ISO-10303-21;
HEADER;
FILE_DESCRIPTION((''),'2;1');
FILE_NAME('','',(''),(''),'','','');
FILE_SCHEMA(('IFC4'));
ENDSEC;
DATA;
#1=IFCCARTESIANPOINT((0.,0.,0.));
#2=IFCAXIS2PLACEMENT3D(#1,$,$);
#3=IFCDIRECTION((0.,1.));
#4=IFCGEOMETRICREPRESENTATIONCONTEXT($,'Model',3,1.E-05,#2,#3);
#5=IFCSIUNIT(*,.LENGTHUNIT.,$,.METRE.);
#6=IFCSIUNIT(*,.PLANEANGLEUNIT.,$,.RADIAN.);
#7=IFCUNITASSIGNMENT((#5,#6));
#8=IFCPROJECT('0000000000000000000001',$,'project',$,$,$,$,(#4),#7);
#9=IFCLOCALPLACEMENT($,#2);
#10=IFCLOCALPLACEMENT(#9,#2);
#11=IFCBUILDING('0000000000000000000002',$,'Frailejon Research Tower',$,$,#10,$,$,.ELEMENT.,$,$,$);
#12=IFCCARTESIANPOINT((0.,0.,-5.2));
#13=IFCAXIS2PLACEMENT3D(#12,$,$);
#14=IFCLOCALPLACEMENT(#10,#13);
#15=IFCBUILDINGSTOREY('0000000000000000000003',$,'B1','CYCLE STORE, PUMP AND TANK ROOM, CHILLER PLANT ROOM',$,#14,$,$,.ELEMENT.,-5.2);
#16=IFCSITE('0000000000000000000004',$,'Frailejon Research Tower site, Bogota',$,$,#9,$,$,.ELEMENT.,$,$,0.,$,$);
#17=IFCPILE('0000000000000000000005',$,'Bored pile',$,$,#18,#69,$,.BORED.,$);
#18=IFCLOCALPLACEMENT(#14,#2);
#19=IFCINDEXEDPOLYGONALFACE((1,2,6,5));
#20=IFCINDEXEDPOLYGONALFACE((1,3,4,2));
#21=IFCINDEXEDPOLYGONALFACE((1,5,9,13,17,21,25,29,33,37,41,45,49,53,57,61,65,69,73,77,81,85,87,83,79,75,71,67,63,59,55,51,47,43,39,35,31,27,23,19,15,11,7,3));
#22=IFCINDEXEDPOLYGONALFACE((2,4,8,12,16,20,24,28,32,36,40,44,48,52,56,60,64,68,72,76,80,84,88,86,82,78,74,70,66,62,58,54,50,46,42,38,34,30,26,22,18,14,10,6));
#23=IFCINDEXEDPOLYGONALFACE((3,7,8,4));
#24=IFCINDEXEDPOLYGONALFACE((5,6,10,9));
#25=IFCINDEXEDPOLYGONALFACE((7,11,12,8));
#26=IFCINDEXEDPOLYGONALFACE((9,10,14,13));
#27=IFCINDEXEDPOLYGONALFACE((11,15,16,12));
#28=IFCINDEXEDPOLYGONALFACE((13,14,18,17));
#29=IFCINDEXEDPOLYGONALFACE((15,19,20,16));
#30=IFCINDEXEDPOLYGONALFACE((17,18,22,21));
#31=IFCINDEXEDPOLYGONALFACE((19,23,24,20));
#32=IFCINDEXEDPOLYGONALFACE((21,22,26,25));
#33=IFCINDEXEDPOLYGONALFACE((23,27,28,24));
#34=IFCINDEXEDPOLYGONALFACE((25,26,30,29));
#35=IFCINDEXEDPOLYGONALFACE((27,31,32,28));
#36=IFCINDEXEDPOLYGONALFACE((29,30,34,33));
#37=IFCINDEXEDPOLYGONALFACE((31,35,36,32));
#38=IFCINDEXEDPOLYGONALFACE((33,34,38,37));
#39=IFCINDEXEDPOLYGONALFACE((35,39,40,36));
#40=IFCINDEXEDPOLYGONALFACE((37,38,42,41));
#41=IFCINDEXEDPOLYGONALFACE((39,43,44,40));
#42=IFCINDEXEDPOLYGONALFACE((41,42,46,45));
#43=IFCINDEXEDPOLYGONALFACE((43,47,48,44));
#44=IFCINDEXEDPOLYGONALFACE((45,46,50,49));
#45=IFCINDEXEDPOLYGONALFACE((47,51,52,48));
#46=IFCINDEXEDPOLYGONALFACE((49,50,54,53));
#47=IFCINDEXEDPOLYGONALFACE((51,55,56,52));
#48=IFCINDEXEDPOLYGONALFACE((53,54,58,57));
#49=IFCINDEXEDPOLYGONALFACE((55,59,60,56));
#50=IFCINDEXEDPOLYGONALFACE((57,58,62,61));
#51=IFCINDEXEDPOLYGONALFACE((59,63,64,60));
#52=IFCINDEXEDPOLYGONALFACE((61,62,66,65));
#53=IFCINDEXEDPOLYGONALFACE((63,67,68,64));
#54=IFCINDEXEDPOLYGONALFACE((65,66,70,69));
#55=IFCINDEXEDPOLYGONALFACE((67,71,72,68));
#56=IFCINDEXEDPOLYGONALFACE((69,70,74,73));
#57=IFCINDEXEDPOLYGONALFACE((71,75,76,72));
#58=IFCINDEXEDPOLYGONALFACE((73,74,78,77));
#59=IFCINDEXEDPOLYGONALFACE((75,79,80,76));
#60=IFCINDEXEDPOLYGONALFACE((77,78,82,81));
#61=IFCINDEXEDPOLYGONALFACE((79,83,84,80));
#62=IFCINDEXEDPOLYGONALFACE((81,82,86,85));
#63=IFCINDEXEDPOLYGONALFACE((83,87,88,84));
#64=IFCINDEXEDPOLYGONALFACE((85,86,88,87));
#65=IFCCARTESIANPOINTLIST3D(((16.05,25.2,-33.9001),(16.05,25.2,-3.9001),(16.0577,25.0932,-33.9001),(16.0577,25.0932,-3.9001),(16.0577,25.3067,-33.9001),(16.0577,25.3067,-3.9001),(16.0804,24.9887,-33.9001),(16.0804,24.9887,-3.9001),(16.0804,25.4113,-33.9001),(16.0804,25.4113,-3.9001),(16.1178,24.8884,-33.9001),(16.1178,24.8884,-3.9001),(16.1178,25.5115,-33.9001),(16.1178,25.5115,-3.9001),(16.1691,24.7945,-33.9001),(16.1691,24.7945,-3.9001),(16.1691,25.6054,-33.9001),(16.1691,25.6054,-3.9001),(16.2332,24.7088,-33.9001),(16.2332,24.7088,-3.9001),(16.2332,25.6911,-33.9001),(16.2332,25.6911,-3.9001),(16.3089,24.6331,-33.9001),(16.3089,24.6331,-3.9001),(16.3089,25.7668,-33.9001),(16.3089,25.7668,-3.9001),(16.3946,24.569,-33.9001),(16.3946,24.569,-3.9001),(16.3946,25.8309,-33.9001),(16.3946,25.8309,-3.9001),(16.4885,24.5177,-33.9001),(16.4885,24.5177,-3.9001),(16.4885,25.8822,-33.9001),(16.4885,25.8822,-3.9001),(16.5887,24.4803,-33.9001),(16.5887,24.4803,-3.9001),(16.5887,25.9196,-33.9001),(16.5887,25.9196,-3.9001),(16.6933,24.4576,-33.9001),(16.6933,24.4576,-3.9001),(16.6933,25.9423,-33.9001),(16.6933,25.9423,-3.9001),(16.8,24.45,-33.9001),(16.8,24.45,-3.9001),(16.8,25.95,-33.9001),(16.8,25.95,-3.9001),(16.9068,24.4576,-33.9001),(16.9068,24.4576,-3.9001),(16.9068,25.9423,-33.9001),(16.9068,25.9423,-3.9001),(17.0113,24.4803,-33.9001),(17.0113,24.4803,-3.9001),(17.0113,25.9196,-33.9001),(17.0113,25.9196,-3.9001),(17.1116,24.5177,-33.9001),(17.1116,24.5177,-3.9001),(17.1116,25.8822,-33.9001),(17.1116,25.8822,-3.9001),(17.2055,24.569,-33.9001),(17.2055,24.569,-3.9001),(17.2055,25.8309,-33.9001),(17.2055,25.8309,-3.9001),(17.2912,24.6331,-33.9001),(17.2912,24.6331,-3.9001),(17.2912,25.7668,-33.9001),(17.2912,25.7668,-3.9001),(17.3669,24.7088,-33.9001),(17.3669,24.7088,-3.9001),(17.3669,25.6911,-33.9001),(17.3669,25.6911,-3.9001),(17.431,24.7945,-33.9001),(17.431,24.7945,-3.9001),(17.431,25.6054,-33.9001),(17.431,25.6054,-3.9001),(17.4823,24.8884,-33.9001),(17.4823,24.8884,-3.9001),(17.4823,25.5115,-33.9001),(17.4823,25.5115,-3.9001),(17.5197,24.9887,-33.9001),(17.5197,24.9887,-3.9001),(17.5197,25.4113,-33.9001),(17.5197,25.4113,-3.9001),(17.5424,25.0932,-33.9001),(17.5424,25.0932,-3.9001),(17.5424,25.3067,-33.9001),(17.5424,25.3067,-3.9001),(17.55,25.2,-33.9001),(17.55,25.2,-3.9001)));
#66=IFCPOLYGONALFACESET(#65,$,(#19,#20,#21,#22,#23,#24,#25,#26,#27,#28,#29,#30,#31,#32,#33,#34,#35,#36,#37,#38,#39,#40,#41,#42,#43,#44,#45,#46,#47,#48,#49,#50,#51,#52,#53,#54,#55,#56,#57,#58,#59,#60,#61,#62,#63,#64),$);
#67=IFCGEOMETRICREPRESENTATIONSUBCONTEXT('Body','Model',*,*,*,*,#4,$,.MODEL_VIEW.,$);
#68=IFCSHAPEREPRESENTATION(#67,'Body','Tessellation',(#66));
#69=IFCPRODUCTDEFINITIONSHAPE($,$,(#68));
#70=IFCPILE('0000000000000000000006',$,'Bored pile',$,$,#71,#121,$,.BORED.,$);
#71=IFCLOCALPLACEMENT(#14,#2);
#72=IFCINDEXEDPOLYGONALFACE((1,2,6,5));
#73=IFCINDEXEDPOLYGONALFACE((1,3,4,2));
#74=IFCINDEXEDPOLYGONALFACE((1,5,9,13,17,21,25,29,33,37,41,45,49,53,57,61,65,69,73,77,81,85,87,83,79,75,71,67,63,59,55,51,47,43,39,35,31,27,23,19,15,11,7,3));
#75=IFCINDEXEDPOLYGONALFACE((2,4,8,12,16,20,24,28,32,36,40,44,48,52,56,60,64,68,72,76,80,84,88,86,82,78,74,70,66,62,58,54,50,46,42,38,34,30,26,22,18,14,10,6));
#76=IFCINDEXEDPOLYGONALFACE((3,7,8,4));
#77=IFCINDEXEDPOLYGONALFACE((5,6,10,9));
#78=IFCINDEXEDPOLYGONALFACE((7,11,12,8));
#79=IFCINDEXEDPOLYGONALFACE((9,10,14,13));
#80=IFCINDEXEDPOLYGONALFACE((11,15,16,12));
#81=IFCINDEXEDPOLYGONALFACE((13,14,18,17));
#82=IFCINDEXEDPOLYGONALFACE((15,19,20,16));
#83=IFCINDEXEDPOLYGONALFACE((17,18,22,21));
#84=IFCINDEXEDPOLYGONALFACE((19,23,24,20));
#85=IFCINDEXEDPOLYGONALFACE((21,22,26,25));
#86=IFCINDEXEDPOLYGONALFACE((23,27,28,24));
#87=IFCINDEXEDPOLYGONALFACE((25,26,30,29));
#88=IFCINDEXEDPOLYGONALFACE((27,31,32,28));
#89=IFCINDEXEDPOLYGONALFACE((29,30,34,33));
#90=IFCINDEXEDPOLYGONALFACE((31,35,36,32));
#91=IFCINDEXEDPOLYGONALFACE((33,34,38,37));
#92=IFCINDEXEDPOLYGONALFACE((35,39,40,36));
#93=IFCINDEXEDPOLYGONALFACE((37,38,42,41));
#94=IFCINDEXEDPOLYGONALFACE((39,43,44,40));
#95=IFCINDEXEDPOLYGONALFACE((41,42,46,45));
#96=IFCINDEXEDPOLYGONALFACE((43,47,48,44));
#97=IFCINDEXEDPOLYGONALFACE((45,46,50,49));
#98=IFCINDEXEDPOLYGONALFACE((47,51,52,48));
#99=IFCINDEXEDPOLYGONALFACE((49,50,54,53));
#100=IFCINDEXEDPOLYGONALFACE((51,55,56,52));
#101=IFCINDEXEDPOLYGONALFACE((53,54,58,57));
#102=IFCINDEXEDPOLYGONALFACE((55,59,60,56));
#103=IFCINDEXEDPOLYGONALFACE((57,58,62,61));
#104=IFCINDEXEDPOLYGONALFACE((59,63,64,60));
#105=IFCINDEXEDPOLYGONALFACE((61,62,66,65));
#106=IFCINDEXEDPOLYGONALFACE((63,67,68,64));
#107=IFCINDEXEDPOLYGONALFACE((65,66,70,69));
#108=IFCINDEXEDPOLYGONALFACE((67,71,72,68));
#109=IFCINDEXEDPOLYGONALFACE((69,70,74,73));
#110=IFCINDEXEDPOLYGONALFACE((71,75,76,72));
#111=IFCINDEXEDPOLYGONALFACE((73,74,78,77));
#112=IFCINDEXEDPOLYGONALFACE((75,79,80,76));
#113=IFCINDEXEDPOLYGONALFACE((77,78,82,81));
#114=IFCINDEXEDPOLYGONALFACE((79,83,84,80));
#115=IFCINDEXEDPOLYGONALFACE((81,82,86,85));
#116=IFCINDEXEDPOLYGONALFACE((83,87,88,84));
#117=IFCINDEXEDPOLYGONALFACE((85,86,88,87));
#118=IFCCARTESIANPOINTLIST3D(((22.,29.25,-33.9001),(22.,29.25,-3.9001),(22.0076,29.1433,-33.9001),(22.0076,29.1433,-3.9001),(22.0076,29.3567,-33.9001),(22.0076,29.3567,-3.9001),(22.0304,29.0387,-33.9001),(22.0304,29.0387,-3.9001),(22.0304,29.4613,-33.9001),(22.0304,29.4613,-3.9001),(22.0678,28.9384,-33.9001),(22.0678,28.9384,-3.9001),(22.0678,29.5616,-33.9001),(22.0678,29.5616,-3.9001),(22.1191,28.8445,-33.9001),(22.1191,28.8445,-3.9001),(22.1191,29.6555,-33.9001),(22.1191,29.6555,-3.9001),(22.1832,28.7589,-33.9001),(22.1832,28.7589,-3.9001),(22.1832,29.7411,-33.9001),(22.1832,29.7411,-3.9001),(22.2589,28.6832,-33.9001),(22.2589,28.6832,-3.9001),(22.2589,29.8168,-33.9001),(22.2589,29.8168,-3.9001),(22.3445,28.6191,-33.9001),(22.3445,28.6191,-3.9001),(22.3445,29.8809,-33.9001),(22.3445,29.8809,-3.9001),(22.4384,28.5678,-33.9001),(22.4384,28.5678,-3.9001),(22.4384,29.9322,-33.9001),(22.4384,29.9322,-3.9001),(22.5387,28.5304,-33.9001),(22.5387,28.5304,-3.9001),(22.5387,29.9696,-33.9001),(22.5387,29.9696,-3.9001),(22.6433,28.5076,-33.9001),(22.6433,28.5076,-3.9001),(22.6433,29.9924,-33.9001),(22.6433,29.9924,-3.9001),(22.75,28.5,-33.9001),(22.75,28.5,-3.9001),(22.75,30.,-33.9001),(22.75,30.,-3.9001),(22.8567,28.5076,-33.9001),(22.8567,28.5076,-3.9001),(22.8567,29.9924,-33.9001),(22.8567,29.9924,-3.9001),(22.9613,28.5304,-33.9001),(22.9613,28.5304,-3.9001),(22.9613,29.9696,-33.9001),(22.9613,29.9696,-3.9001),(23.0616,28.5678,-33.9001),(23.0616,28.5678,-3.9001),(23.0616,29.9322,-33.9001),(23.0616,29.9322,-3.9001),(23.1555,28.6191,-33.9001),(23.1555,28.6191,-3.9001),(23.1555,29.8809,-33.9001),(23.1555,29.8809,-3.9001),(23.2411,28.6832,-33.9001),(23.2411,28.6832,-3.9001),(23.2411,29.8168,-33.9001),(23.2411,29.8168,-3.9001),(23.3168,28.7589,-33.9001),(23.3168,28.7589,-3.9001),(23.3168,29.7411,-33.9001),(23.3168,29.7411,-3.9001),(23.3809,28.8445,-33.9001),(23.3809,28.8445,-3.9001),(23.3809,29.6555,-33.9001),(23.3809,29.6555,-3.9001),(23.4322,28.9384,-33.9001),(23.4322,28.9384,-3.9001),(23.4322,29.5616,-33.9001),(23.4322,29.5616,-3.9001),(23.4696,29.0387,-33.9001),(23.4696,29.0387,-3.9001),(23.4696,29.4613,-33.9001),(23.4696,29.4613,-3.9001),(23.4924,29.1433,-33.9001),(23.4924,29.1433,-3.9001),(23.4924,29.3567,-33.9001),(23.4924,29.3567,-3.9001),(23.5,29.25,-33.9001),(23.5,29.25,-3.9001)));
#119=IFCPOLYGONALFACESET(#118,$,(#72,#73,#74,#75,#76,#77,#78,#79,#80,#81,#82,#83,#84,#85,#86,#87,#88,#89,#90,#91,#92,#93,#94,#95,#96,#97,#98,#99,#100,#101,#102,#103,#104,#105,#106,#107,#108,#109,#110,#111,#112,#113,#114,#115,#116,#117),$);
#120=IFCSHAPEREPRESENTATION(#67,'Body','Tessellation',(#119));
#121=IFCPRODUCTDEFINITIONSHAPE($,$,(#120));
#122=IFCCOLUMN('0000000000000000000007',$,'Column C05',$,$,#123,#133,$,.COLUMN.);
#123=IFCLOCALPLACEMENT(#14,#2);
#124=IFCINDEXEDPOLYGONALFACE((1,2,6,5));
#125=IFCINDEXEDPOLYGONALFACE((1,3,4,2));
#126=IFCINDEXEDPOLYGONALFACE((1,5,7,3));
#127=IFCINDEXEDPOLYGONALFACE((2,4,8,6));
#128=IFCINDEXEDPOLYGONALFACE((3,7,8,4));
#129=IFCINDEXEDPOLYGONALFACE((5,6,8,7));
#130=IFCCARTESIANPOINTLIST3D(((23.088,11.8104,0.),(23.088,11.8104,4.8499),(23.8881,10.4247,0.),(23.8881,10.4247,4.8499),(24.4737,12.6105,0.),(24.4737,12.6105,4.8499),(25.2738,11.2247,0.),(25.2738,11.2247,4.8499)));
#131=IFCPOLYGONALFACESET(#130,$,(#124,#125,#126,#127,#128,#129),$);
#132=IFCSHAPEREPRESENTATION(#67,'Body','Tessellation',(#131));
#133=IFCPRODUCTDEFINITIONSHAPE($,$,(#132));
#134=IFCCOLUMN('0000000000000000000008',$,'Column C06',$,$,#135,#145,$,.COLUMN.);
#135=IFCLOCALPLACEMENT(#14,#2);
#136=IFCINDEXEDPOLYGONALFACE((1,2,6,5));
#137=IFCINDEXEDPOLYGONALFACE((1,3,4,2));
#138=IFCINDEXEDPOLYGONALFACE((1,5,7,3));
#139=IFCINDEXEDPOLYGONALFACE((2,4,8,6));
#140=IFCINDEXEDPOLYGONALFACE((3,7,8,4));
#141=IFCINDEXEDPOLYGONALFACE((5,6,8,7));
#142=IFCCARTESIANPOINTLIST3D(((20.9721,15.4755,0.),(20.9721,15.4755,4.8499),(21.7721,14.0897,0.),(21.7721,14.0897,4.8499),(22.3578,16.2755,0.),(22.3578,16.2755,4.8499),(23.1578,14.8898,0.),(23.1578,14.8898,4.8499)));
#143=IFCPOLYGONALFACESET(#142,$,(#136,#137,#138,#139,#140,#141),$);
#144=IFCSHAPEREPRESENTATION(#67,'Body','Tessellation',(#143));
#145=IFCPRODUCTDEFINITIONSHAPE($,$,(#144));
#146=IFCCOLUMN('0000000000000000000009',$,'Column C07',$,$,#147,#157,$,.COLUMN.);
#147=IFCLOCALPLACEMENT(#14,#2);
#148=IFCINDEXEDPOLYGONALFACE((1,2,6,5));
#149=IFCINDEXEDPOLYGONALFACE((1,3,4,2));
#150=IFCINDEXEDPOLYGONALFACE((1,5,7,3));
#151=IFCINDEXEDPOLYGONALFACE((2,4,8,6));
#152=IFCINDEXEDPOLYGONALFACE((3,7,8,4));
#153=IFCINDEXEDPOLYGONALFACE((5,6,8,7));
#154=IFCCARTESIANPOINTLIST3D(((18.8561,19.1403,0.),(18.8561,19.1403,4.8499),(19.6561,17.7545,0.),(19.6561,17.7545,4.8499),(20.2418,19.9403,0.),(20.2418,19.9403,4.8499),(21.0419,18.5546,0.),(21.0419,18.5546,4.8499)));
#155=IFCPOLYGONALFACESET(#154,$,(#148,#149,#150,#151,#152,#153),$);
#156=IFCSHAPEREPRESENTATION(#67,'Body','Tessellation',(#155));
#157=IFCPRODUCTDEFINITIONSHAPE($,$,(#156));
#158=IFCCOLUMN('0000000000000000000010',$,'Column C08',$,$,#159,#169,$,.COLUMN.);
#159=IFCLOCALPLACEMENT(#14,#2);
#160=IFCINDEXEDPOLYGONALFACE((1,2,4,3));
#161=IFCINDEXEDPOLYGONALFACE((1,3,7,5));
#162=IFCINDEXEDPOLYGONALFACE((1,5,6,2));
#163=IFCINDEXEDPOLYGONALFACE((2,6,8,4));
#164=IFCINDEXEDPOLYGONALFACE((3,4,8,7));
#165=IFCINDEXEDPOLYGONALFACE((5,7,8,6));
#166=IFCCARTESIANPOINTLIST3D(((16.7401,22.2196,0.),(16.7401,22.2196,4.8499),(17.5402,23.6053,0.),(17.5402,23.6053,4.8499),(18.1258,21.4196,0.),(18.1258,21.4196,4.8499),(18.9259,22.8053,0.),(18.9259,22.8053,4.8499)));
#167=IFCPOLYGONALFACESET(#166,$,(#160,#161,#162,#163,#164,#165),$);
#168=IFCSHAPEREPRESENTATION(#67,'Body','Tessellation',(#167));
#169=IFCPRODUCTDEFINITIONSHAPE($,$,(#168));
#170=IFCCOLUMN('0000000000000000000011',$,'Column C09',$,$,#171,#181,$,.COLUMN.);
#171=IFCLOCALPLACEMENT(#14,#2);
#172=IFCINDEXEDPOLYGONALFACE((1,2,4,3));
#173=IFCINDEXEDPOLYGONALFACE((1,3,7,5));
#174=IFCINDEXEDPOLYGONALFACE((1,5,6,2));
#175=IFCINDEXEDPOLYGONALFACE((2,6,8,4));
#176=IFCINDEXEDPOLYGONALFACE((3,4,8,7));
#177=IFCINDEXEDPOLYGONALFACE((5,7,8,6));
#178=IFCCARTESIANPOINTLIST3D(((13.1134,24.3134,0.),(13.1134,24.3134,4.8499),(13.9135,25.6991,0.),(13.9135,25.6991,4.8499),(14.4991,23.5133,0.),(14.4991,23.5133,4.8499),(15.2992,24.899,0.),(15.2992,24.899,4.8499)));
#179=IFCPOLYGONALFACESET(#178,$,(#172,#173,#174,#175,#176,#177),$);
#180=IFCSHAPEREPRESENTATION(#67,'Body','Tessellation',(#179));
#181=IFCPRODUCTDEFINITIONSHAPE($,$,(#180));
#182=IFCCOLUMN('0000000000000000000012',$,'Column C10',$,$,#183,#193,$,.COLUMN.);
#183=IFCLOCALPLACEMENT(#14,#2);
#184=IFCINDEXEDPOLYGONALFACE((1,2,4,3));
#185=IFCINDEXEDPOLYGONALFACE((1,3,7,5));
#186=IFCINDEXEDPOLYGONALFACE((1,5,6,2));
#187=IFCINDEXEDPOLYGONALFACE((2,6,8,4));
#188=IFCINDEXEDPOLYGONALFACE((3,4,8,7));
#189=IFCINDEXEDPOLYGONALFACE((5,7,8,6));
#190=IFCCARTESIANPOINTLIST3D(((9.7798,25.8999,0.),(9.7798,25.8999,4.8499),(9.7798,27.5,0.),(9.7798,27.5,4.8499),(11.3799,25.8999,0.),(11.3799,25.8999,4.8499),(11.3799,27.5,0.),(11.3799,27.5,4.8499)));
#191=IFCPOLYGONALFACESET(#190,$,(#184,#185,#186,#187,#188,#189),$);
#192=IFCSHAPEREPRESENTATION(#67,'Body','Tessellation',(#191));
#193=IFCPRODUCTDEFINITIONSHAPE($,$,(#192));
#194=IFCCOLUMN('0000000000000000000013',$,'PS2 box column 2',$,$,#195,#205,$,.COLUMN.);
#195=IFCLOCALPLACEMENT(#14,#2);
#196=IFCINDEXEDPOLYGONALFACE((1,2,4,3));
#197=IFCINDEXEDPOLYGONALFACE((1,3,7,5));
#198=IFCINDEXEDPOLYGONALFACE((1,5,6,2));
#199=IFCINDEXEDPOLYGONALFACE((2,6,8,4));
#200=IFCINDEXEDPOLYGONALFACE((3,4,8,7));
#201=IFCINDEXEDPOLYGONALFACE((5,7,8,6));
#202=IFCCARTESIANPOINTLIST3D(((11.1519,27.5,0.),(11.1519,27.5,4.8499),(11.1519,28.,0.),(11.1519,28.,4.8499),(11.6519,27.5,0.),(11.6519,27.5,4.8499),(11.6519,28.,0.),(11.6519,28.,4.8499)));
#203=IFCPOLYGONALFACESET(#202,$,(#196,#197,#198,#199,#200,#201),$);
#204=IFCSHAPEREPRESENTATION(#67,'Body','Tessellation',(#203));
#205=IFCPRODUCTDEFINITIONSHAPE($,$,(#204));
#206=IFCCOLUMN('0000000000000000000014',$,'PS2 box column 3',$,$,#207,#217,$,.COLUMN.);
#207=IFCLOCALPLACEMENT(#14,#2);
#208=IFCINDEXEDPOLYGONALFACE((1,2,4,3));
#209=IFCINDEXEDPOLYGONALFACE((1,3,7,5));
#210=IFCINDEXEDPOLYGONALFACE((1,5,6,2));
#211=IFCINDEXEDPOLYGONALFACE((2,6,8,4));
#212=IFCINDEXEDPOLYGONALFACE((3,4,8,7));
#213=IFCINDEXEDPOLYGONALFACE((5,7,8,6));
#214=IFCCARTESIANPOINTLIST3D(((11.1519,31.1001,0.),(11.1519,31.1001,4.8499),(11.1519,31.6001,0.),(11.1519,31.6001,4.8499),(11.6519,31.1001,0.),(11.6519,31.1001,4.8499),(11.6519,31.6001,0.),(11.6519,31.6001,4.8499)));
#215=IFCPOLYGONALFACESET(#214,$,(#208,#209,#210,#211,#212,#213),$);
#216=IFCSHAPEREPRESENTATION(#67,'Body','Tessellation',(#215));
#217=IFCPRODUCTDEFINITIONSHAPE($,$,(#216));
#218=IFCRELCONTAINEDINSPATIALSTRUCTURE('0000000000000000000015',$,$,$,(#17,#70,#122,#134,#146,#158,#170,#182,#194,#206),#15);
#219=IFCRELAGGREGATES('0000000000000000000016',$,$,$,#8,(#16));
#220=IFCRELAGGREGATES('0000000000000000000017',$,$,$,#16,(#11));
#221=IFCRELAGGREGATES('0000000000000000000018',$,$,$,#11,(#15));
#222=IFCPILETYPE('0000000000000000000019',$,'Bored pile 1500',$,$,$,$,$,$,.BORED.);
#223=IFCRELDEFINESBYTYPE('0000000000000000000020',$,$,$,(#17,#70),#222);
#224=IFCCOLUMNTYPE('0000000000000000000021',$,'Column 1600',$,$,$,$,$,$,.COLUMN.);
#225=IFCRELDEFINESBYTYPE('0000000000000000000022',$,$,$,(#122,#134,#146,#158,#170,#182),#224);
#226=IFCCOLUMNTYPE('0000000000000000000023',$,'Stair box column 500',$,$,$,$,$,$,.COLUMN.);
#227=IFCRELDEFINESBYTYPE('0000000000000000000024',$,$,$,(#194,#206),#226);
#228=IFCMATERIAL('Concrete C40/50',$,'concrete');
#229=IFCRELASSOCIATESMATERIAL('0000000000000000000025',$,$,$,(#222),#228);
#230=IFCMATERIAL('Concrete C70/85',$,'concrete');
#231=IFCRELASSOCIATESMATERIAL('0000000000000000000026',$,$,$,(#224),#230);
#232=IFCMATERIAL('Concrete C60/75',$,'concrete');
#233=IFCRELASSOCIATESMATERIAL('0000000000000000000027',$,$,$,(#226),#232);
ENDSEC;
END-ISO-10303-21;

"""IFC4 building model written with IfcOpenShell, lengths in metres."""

from ifc_helpers import new_model, si_unit, direction, frame, origin, origin_2d, place, context, subcontext, project, spatial, rectangle, circle, extrude, material, material_profile, profile_set, type_object, element, save


model = new_model("IFC4")

# Units and contexts
model_context = context("Model", 3, precision=1e-05, world=origin(), true_north=direction((0.0, 1.0)))
body_context = subcontext(model_context, "Body", "Model", "MODEL_VIEW")
ifc_project = project(units=[si_unit("LENGTHUNIT", "METRE"), si_unit("PLANEANGLEUNIT", "RADIAN")], contexts=[model_context])

# Site, building, storey
site_placement = place(None, origin())
site = spatial("IfcSite", under=ifc_project, at=site_placement, Name="Frailejon Research Tower site, Bogota", CompositionType="ELEMENT", RefElevation=0.0)
building_placement = place(site_placement, origin())
building = spatial("IfcBuilding", under=site, at=building_placement, Name="Frailejon Research Tower", CompositionType="ELEMENT")
storey_placement = place(building_placement, frame((0.0, 0.0, -5.2)))
storey = spatial("IfcBuildingStorey", under=building, at=storey_placement, Name="B1", Description="CYCLE STORE, PUMP AND TANK ROOM, CHILLER PLANT ROOM", CompositionType="ELEMENT", Elevation=-5.2)

# Piles
ifc_material_1 = material(Name="Concrete C40/50", Category="concrete")
ifc_material_profile_1 = material_profile(ifc_material_1, circle(Radius=0.75, at=origin_2d()), Name="Bored pile 1500")
ifc_profile_set_1 = profile_set([ifc_material_profile_1], Name="Concrete C40/50")
pile_type = type_object("IfcPileType", Name="Bored pile 1500", PredefinedType="BORED", material=ifc_profile_set_1)
for number, where, z_axis, x_axis, name in (
    (1, (16.8, 25.2, -3.9001), (0.0, 0.0, -1.0), (1.0, 0.0, 0.0), "Bored pile"),
    (2, (22.75, 29.25, -3.9001), (0.0, 0.0, -1.0), (1.0, 0.0, 0.0), "Bored pile"),
):
    element("IfcPile", number, at=place(storey_placement, frame(where, z_axis=z_axis, x_axis=x_axis)), inside=storey, type_object=pile_type, Name=name, PredefinedType="BORED", context=body_context, shape_type="SweptSolid", body=[
        extrude(circle(Radius=0.75, at=origin_2d()), origin(), (0.0, 0.0, 1.0), 30.0),
    ])

# Columns
ifc_material_2 = material(Name="Concrete C70/85", Category="concrete")
ifc_material_profile_2 = material_profile(ifc_material_2, rectangle(XDim=1.6001, YDim=1.6001, at=origin_2d()), Name="Column 1600")
ifc_profile_set_2 = profile_set([ifc_material_profile_2], Name="Concrete C70/85")
column_type_1 = type_object("IfcColumnType", Name="Column 1600", PredefinedType="COLUMN", material=ifc_profile_set_2)
for number, where, z_axis, x_axis, name in (
    (3, (24.1809, 11.5176, 0.0), (0.0, 0.0, 1.0), (-0.5, 0.866025, 0.0), "Column C05"),
    (4, (22.0649, 15.1826, 0.0), (0.0, 0.0, 1.0), (-0.5, 0.866025, 0.0), "Column C06"),
    (5, (19.949, 18.8474, 0.0), (0.0, 0.0, 1.0), (-0.5, 0.866025, 0.0), "Column C07"),
    (6, (17.833, 22.5125, 0.0), (0.0, 0.0, 1.0), (-0.866025, 0.5, 0.0), "Column C08"),
    (7, (14.2063, 24.6062, 0.0), (0.0, 0.0, 1.0), (-0.866025, 0.5, 0.0), "Column C09"),
    (8, (10.5798, 26.7, 0.0), (0.0, 0.0, 1.0), (-1.0, 0.0, 0.0), "Column C10"),
):
    element("IfcColumn", number, at=place(storey_placement, frame(where, z_axis=z_axis, x_axis=x_axis)), inside=storey, type_object=column_type_1, Name=name, PredefinedType="COLUMN", context=body_context, shape_type="SweptSolid", body=[
        extrude(rectangle(XDim=1.6001, YDim=1.6001, at=origin_2d()), origin(), (0.0, 0.0, 1.0), 4.8499),
    ])
ifc_material_3 = material(Name="Concrete C60/75", Category="concrete")
ifc_material_profile_3 = material_profile(ifc_material_3, rectangle(XDim=0.5, YDim=0.5, at=origin_2d()), Name="Stair box column 500")
ifc_profile_set_3 = profile_set([ifc_material_profile_3], Name="Concrete C60/75")
column_type_2 = type_object("IfcColumnType", Name="Stair box column 500", PredefinedType="COLUMN", material=ifc_profile_set_3)
for number, where, z_axis, x_axis, name in (
    (9, (11.4019, 27.75, 0.0), (0.0, 0.0, 1.0), (1.0, 0.0, 0.0), "PS2 box column 2"),
    (10, (11.4019, 31.3501, 0.0), (0.0, 0.0, 1.0), (1.0, 0.0, 0.0), "PS2 box column 3"),
):
    element("IfcColumn", number, at=place(storey_placement, frame(where, z_axis=z_axis, x_axis=x_axis)), inside=storey, type_object=column_type_2, Name=name, PredefinedType="COLUMN", context=body_context, shape_type="SweptSolid", body=[
        extrude(rectangle(XDim=0.5, YDim=0.5, at=origin_2d()), origin(), (0.0, 0.0, 1.0), 4.8499),
    ])

save(model, "model.ifc")
